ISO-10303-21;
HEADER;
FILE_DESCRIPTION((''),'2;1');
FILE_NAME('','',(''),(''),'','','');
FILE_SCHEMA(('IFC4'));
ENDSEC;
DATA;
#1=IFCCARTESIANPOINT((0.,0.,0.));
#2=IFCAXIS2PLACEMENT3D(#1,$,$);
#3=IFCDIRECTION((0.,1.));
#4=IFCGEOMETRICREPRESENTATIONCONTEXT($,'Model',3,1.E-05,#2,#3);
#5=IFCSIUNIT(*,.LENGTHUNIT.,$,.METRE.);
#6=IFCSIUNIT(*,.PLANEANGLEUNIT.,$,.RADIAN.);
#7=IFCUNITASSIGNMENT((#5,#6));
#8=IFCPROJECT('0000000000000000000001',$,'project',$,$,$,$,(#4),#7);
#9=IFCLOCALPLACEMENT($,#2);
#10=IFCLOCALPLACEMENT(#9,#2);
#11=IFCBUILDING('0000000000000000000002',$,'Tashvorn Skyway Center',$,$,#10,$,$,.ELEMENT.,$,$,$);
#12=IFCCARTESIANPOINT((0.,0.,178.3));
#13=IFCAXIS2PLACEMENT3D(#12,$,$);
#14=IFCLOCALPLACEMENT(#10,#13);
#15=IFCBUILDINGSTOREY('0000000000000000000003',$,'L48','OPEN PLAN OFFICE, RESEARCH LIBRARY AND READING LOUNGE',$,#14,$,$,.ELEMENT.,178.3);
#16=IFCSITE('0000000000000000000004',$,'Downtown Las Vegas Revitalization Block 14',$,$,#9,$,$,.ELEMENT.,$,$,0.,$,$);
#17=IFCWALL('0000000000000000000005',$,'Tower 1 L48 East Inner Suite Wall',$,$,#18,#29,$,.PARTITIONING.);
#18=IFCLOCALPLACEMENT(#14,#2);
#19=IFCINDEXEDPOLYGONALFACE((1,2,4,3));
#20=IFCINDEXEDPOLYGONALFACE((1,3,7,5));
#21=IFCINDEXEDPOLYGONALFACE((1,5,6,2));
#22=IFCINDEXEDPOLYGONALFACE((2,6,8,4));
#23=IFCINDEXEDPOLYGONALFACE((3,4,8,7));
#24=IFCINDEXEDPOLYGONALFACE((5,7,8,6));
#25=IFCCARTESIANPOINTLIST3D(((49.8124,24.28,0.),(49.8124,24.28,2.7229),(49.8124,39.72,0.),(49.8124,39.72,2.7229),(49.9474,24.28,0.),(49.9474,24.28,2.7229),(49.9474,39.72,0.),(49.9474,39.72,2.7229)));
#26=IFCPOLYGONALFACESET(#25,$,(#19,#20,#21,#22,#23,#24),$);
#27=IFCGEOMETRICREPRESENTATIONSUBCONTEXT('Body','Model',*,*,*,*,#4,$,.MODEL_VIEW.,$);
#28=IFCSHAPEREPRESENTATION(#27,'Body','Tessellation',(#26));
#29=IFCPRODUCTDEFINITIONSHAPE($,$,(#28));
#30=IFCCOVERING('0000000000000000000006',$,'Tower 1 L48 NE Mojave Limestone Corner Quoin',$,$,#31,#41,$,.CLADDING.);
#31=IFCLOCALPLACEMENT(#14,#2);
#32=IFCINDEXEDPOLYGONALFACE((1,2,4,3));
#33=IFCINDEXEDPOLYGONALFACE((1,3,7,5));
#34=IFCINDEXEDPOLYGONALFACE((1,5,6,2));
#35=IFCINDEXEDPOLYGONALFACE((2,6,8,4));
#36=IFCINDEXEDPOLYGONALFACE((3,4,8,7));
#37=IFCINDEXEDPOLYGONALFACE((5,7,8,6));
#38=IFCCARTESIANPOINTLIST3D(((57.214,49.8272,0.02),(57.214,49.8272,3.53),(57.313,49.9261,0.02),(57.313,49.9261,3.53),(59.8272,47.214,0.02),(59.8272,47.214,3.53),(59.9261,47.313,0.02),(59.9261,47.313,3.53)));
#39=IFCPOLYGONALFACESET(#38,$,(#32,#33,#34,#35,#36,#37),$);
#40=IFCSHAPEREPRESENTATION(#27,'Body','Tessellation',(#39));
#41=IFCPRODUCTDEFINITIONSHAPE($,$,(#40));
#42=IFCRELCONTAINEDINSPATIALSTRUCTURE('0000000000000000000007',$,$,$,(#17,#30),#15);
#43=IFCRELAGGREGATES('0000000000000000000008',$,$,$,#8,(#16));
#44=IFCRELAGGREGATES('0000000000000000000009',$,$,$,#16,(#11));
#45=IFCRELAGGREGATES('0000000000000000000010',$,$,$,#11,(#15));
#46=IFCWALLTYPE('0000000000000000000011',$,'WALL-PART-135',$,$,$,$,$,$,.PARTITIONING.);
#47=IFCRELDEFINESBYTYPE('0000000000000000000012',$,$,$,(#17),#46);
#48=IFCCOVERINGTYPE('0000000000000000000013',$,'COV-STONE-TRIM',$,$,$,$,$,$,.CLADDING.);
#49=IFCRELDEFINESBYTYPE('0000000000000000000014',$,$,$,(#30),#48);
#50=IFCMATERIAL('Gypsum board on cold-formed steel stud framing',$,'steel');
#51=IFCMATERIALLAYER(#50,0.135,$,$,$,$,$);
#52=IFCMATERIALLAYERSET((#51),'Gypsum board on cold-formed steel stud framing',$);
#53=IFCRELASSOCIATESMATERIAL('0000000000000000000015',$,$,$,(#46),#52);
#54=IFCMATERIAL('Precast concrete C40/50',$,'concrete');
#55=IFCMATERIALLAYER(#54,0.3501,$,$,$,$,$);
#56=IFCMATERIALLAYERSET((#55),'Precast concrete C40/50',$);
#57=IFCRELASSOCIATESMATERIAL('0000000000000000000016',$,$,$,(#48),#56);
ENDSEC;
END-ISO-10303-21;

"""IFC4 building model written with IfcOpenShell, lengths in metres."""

from ifc_helpers import new_model, si_unit, direction, frame, frame_2d, origin, origin_2d, place, context, subcontext, project, spatial, rectangle, extrude, material, layer, layer_set, type_object, element, save


model = new_model("IFC4")

# Units and contexts
model_context = context("Model", 3, precision=1e-05, world=origin(), true_north=direction((0.0, 1.0)))
body_context = subcontext(model_context, "Body", "Model", "MODEL_VIEW")
ifc_project = project(units=[si_unit("LENGTHUNIT", "METRE"), si_unit("PLANEANGLEUNIT", "RADIAN")], contexts=[model_context])

# Site, building, storey
site_placement = place(None, origin())
site = spatial("IfcSite", under=ifc_project, at=site_placement, Name="Downtown Las Vegas Revitalization Block 14", CompositionType="ELEMENT", RefElevation=0.0)
building_placement = place(site_placement, origin())
building = spatial("IfcBuilding", under=site, at=building_placement, Name="Tashvorn Skyway Center", CompositionType="ELEMENT")
storey_placement = place(building_placement, frame((0.0, 0.0, 178.3)))
storey = spatial("IfcBuildingStorey", under=building, at=storey_placement, Name="L48", Description="OPEN PLAN OFFICE, RESEARCH LIBRARY AND READING LOUNGE", CompositionType="ELEMENT", Elevation=178.3)

# Wall
ifc_material_1 = material(Name="Precast concrete C40/50", Category="concrete")
ifc_material_2 = material(Name="Gypsum board on cold-formed steel stud framing", Category="steel")
ifc_layer_1 = layer(ifc_material_2, 0.135)
ifc_layer_set_1 = layer_set([ifc_layer_1], Name="Gypsum board on cold-formed steel stud framing")
wall_type_1 = type_object("IfcWallType", Name="WALL-PART-135", PredefinedType="PARTITIONING", material=ifc_layer_set_1)
wall_1_placement = place(storey_placement, frame((49.8799, 39.72, 0.0), z_axis=(0.0, 0.0, 1.0), x_axis=(0.0, -1.0, 0.0)))
element("IfcWall", 1, at=wall_1_placement, inside=storey, type_object=wall_type_1, Name="Tower 1 L48 East Inner Suite Wall", PredefinedType="PARTITIONING", context=body_context, shape_type="SweptSolid", body=[
    extrude(rectangle(XDim=15.4399, YDim=0.135, at=frame_2d((7.72, 0.0))), origin(), (0.0, 0.0, 1.0), 2.7229),
])

# Covering
ifc_layer_2 = layer(ifc_material_1, 0.3501)
ifc_layer_set_2 = layer_set([ifc_layer_2], Name="Precast concrete C40/50")
covering_type = type_object("IfcCoveringType", Name="COV-STONE-TRIM", PredefinedType="CLADDING", material=ifc_layer_set_2)
covering_placement = place(storey_placement, frame((58.5701, 48.5701, 0.02), z_axis=(0.0, 0.0, 1.0), x_axis=(0.707107, -0.707107, 0.0)))
element("IfcCovering", 2, at=covering_placement, inside=storey, type_object=covering_type, Name="Tower 1 L48 NE Mojave Limestone Corner Quoin", PredefinedType="CLADDING", context=body_context, shape_type="SweptSolid", body=[
    extrude(rectangle(XDim=3.6956, YDim=0.1399, at=origin_2d()), origin(), (0.0, 0.0, 1.0), 3.51),
])

save(model, "model.ifc")
